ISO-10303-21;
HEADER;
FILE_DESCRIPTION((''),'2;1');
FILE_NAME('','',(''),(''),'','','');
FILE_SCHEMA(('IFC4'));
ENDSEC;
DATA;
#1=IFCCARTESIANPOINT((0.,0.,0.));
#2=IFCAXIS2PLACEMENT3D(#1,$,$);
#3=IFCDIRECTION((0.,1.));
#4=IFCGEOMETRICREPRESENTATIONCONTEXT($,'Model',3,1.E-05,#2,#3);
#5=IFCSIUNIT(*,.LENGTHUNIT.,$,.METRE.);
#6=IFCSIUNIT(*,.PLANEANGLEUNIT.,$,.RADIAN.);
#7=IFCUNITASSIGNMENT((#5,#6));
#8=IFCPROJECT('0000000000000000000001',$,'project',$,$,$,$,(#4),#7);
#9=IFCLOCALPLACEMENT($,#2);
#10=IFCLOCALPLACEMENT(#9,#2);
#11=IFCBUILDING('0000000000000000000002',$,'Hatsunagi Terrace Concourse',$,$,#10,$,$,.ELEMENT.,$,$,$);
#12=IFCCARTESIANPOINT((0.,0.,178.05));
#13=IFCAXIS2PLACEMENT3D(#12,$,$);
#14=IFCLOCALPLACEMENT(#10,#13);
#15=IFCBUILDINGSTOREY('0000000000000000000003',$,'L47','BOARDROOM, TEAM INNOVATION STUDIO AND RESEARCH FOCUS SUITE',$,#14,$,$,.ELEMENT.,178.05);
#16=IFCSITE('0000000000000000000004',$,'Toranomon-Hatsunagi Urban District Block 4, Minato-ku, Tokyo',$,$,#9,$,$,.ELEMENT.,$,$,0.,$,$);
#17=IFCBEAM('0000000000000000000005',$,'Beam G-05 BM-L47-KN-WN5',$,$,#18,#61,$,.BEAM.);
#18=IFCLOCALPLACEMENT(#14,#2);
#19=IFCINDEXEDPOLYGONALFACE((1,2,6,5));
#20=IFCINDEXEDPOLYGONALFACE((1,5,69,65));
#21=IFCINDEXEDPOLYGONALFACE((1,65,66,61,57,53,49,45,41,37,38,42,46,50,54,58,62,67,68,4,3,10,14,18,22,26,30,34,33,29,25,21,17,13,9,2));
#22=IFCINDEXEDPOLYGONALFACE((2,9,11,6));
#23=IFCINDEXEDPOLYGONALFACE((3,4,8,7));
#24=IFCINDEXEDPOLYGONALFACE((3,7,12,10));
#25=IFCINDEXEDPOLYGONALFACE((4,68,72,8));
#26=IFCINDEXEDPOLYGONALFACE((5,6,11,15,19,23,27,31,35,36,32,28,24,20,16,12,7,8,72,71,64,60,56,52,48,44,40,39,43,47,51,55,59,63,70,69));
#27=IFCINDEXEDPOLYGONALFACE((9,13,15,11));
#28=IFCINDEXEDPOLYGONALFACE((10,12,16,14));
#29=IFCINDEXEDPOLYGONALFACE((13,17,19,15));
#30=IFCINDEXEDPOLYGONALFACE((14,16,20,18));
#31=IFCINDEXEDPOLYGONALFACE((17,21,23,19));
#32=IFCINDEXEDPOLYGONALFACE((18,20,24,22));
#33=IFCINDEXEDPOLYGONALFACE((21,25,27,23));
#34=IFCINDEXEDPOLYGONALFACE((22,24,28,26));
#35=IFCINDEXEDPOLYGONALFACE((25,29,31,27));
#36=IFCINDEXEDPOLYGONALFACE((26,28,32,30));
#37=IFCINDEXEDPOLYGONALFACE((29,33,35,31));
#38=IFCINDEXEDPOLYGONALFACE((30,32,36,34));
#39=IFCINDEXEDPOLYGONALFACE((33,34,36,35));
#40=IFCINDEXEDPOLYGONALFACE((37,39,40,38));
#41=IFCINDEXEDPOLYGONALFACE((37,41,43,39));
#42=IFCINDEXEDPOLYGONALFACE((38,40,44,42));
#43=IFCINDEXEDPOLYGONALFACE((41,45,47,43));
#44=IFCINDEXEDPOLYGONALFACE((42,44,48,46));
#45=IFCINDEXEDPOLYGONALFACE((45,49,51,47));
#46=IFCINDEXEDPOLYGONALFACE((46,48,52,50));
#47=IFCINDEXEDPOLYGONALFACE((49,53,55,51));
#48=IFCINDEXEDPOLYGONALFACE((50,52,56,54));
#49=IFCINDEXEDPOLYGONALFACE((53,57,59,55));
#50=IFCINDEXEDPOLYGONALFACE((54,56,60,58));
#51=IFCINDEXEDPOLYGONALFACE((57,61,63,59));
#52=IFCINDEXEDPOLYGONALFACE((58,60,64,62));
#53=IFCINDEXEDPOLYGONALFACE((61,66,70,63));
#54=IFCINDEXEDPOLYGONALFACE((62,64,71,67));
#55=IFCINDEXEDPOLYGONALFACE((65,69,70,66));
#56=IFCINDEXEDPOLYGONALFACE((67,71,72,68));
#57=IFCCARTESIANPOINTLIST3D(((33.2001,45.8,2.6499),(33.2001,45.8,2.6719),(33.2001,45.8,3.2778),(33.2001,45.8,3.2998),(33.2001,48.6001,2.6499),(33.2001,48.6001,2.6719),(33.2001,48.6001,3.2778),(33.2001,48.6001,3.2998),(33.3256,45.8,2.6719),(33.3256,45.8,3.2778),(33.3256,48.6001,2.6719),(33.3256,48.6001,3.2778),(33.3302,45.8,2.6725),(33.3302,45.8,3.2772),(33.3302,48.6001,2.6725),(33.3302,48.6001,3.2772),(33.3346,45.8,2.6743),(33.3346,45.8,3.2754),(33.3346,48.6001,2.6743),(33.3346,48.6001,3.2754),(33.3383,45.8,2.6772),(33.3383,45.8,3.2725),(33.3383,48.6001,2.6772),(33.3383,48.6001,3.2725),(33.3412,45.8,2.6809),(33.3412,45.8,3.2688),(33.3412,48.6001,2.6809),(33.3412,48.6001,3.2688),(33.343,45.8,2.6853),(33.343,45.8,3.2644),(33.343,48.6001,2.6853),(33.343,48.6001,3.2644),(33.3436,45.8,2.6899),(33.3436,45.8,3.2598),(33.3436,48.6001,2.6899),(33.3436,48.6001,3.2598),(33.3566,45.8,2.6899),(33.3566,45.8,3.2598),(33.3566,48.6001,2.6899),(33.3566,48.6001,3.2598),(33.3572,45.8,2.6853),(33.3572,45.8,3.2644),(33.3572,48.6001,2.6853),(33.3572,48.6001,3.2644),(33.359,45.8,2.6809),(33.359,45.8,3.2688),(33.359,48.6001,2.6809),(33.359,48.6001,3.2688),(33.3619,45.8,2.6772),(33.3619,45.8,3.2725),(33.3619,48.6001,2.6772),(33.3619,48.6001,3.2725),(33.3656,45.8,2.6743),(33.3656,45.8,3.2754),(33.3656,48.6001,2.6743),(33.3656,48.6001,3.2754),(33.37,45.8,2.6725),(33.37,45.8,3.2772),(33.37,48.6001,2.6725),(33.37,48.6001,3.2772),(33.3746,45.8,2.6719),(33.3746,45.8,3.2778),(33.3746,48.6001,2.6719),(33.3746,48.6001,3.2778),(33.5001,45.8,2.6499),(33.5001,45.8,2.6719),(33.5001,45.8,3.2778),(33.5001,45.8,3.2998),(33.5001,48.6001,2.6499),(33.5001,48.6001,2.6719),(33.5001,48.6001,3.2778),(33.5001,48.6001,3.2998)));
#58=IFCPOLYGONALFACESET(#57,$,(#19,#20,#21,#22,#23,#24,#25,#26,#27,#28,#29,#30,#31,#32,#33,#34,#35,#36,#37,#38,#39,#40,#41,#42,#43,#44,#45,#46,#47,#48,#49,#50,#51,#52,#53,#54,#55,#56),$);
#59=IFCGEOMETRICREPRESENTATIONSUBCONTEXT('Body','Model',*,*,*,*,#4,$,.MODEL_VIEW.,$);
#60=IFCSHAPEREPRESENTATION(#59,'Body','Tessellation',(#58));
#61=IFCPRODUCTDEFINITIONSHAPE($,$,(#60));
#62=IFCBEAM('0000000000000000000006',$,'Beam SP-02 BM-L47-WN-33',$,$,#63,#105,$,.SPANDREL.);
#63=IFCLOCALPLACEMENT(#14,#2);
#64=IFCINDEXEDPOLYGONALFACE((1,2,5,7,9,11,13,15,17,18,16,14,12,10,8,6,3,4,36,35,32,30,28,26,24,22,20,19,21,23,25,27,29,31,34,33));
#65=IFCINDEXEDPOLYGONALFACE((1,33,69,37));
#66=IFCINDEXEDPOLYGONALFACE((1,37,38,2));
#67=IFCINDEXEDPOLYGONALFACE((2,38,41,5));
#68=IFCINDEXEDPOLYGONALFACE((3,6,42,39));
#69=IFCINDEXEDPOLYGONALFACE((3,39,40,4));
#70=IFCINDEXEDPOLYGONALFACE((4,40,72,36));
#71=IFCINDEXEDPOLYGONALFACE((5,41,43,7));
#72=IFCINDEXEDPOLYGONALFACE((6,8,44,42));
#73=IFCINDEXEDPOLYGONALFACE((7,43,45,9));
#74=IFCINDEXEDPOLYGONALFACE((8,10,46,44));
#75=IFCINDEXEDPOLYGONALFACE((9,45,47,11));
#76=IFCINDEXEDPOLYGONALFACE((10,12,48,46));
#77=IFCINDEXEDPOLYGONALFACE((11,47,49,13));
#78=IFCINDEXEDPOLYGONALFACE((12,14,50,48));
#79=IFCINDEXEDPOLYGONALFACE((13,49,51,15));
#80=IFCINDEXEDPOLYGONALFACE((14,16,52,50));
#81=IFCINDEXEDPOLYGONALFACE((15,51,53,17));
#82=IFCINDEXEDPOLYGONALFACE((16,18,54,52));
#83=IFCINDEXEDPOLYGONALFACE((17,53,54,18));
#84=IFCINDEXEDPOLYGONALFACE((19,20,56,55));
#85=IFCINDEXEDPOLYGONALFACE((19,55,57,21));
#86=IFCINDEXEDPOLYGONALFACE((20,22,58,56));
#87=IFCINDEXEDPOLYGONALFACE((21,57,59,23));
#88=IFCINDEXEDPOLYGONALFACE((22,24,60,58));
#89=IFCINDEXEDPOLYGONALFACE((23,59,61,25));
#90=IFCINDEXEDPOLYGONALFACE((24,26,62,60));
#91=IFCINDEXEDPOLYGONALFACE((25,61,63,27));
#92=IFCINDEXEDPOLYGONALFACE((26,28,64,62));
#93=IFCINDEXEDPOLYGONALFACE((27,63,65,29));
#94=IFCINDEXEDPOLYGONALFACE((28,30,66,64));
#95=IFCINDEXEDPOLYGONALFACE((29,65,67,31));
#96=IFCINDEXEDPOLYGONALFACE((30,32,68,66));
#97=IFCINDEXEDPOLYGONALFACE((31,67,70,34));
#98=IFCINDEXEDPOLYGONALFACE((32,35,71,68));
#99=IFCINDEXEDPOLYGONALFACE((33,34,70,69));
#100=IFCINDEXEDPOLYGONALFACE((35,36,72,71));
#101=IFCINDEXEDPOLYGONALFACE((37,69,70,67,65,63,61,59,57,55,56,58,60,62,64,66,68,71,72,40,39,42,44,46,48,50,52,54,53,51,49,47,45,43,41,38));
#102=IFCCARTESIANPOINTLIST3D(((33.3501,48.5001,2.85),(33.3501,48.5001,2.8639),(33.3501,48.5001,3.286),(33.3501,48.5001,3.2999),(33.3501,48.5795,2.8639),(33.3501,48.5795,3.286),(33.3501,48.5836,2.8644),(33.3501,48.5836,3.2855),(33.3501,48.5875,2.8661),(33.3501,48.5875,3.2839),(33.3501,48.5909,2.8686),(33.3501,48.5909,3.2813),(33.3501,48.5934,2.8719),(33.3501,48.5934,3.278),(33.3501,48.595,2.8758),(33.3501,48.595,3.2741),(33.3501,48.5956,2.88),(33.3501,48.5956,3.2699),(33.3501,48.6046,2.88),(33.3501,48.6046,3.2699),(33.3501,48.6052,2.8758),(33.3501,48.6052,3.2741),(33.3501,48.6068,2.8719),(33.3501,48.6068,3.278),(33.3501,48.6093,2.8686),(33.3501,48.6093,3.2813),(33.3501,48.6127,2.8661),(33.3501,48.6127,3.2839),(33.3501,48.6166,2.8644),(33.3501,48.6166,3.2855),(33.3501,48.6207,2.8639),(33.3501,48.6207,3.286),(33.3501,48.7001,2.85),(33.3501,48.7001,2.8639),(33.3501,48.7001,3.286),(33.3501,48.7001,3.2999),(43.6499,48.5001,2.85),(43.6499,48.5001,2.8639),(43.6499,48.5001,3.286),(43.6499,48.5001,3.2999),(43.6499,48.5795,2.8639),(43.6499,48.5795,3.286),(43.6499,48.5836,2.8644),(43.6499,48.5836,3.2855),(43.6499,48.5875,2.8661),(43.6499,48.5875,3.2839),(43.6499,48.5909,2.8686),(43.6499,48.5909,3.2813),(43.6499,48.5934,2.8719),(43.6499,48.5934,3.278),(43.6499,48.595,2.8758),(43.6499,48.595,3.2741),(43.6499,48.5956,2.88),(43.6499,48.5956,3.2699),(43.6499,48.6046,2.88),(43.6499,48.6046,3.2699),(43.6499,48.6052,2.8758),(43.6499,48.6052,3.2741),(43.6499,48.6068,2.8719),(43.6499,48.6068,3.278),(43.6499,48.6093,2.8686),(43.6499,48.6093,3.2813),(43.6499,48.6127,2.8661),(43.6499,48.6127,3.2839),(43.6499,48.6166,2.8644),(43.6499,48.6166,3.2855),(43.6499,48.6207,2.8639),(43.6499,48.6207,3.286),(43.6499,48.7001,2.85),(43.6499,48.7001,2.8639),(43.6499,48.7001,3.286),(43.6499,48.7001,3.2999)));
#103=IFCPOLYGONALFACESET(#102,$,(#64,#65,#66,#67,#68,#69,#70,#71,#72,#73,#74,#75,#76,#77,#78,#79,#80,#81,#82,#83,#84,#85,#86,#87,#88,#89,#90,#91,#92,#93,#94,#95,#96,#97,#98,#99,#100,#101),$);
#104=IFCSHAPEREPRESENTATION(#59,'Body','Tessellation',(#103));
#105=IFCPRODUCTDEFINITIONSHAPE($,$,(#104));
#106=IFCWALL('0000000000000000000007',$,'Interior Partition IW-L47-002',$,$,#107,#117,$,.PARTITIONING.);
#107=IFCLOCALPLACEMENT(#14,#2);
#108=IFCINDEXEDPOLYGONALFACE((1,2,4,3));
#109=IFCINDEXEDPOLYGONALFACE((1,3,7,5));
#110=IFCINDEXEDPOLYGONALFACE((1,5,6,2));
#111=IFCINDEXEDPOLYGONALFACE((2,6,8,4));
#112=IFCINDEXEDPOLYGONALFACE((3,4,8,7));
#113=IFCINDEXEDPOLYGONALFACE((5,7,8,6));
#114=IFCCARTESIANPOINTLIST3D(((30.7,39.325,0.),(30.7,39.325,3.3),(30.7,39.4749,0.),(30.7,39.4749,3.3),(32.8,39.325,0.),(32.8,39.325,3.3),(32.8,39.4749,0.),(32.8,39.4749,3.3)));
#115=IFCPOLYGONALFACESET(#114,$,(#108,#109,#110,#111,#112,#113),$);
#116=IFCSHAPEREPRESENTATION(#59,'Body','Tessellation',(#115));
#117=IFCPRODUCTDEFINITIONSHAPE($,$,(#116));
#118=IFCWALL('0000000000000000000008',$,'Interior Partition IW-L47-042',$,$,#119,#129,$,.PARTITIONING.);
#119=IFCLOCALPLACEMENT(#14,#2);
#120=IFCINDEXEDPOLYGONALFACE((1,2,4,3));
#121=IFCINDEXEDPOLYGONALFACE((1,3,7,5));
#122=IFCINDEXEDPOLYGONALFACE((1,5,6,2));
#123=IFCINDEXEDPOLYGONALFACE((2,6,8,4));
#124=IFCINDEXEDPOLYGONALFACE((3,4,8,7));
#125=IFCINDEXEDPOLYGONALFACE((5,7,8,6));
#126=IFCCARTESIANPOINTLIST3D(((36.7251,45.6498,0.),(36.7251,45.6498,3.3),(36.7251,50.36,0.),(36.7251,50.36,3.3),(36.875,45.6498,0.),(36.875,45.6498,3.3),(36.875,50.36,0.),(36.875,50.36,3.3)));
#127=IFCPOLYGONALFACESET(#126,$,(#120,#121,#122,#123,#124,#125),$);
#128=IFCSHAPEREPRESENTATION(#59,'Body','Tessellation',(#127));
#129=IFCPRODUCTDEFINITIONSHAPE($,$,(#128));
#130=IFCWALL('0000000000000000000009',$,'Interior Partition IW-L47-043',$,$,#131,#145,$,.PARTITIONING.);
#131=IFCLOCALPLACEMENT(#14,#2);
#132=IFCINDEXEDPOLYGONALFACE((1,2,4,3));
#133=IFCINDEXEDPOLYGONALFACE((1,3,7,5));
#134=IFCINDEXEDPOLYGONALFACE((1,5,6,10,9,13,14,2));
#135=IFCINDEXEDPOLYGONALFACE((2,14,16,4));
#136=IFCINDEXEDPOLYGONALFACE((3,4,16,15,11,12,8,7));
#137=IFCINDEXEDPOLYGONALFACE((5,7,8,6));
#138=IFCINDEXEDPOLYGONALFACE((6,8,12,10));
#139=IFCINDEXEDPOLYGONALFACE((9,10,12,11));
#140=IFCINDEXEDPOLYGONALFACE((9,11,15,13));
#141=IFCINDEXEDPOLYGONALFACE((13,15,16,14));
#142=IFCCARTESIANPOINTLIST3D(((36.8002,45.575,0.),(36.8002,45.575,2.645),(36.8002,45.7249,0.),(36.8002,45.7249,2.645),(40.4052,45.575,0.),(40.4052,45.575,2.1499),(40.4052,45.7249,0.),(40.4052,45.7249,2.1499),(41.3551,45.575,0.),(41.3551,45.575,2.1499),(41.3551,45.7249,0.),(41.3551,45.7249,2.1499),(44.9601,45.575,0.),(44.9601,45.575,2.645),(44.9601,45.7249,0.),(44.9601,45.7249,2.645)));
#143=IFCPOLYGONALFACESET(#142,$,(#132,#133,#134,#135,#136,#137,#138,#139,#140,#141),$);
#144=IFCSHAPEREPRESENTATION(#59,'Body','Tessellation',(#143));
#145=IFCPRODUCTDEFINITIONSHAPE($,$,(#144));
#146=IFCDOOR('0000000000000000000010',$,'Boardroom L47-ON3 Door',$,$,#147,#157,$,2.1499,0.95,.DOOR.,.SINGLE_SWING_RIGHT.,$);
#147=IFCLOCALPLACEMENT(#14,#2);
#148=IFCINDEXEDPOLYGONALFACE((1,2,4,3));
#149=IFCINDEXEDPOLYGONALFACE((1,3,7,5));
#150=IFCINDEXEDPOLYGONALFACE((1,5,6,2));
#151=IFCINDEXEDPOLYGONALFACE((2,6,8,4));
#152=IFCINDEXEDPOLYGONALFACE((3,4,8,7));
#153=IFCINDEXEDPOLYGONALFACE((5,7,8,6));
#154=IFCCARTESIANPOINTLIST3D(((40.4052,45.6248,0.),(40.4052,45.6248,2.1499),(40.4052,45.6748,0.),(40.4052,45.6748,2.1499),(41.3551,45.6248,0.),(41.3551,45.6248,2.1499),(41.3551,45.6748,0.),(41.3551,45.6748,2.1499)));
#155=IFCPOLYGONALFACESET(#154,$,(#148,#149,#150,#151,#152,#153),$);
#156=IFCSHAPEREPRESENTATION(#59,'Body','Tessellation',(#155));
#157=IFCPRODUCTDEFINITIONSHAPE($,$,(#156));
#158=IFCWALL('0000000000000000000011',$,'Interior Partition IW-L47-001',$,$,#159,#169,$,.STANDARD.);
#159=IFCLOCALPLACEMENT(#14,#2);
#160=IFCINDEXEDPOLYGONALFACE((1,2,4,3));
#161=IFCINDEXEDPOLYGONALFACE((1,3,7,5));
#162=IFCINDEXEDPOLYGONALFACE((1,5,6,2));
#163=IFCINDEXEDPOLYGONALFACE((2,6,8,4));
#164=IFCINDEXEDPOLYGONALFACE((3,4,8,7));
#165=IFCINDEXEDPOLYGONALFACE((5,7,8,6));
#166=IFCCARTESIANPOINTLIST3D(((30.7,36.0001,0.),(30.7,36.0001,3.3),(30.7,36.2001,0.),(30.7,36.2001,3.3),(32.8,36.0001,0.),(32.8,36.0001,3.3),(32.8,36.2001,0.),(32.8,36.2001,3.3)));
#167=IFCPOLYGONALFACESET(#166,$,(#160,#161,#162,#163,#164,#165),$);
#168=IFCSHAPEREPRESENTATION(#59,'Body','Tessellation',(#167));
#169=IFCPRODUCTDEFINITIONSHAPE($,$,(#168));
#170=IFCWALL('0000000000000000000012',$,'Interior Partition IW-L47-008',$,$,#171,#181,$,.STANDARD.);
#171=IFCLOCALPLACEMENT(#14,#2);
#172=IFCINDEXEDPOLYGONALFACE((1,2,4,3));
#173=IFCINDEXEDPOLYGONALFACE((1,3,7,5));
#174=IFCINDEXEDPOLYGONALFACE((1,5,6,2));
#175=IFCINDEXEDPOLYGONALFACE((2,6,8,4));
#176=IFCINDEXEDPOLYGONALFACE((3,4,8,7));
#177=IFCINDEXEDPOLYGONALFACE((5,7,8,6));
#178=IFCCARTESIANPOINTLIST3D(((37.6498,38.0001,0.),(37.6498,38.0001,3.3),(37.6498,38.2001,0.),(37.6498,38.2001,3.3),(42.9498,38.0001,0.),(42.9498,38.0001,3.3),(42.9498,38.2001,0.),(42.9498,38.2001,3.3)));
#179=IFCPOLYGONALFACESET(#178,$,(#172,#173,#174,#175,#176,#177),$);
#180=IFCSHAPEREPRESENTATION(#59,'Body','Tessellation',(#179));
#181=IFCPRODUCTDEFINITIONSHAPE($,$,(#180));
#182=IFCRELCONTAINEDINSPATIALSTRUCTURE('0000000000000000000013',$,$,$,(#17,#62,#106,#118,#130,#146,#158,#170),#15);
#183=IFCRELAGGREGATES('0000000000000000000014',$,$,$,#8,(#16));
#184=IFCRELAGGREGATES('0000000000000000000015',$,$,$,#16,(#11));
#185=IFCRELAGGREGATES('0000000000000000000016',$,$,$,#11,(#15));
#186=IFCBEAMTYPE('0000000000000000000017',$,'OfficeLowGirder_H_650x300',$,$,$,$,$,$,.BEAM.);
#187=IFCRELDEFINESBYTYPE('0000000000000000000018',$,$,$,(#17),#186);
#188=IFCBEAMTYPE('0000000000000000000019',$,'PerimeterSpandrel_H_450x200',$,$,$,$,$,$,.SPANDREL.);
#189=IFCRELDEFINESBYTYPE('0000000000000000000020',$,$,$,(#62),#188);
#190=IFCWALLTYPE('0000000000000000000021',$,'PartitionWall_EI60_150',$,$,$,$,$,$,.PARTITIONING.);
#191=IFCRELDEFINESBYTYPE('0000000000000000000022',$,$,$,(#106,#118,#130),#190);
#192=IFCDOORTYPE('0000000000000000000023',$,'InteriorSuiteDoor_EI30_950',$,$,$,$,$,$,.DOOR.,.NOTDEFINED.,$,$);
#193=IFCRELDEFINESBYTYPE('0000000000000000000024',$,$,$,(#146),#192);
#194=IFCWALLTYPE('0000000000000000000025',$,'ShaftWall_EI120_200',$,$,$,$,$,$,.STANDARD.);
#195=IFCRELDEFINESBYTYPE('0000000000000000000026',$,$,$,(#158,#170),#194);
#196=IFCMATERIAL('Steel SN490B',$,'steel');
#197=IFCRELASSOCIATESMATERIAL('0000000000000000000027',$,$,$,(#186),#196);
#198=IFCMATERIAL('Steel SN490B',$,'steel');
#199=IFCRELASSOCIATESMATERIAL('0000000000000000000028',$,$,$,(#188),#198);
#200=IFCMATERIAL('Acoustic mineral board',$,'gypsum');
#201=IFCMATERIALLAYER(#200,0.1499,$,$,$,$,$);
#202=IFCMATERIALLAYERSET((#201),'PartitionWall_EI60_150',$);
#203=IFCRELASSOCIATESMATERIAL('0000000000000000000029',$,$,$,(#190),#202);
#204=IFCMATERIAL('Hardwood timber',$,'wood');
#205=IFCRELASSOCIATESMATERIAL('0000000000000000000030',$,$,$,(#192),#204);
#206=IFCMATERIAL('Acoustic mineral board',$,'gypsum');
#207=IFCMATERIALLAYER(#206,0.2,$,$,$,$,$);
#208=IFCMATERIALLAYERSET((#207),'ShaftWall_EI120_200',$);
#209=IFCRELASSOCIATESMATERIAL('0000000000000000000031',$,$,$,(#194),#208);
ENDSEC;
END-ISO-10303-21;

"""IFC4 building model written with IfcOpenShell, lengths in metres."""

from ifc_helpers import new_model, si_unit, direction, frame, frame_2d, origin, origin_2d, place, context, subcontext, project, spatial, rectangle, i_section, extrude, material, layer, layer_set, material_profile, profile_set, type_object, element, fill, save


model = new_model("IFC4")

# Units and contexts
model_context = context("Model", 3, precision=1e-05, world=origin(), true_north=direction((0.0, 1.0)))
body_context = subcontext(model_context, "Body", "Model", "MODEL_VIEW")
ifc_project = project(units=[si_unit("LENGTHUNIT", "METRE"), si_unit("PLANEANGLEUNIT", "RADIAN")], contexts=[model_context])

# Site, building, storey
site_placement = place(None, origin())
site = spatial("IfcSite", under=ifc_project, at=site_placement, Name="Toranomon-Hatsunagi Urban District Block 4, Minato-ku, Tokyo", CompositionType="ELEMENT", RefElevation=0.0)
building_placement = place(site_placement, origin())
building = spatial("IfcBuilding", under=site, at=building_placement, Name="Hatsunagi Terrace Concourse", CompositionType="ELEMENT")
storey_placement = place(building_placement, frame((0.0, 0.0, 178.05)))
storey = spatial("IfcBuildingStorey", under=building, at=storey_placement, Name="L47", Description="BOARDROOM, TEAM INNOVATION STUDIO AND RESEARCH FOCUS SUITE", CompositionType="ELEMENT", Elevation=178.05)

# Beams
ifc_material_1 = material(Name="Steel SN490B", Category="steel")
ifc_material_profile_1 = material_profile(ifc_material_1, i_section(OverallWidth=0.3, OverallDepth=0.6499, WebThickness=0.0129, FlangeThickness=0.022, FilletRadius=0.0181, at=origin_2d()), Name="H-650x300x13x22")
ifc_profile_set_1 = profile_set([ifc_material_profile_1], Name="Steel SN490B")
beam_type_1 = type_object("IfcBeamType", Name="OfficeLowGirder_H_650x300", PredefinedType="BEAM", material=ifc_profile_set_1)
beam_1_placement = place(storey_placement, frame((33.3501, 45.8, 2.9749), z_axis=(0.0, 1.0, 0.0), x_axis=(-1.0, 0.0, 0.0)))
element("IfcBeam", 1, at=beam_1_placement, inside=storey, type_object=beam_type_1, Name="Beam G-05 BM-L47-KN-WN5", PredefinedType="BEAM", context=body_context, shape_type="SweptSolid", body=[
    extrude(i_section(OverallWidth=0.3, OverallDepth=0.6499, WebThickness=0.0129, FlangeThickness=0.022, FilletRadius=0.0181, at=origin_2d()), origin(), (0.0, 0.0, 1.0), 2.8),
])
ifc_material_2 = material(Name="Steel SN490B", Category="steel")
ifc_material_profile_2 = material_profile(ifc_material_2, i_section(OverallWidth=0.2, OverallDepth=0.45, WebThickness=0.009, FlangeThickness=0.0139, FilletRadius=0.0161, at=origin_2d()), Name="H-450x200x9x14")
ifc_profile_set_2 = profile_set([ifc_material_profile_2], Name="Steel SN490B")
beam_type_2 = type_object("IfcBeamType", Name="PerimeterSpandrel_H_450x200", PredefinedType="SPANDREL", material=ifc_profile_set_2)
beam_2_placement = place(storey_placement, frame((33.3501, 48.6001, 3.075), z_axis=(1.0, 0.0, 0.0), x_axis=(0.0, 1.0, 0.0)))
element("IfcBeam", 2, at=beam_2_placement, inside=storey, type_object=beam_type_2, Name="Beam SP-02 BM-L47-WN-33", PredefinedType="SPANDREL", context=body_context, shape_type="SweptSolid", body=[
    extrude(i_section(OverallWidth=0.2, OverallDepth=0.45, WebThickness=0.009, FlangeThickness=0.0139, FilletRadius=0.0161, at=origin_2d()), origin(), (0.0, 0.0, 1.0), 10.2998),
])

# Walls
ifc_material_3 = material(Name="Acoustic mineral board", Category="gypsum")
ifc_layer_1 = layer(ifc_material_3, 0.1499)
ifc_layer_set_1 = layer_set([ifc_layer_1], Name="PartitionWall_EI60_150")
wall_type_1 = type_object("IfcWallType", Name="PartitionWall_EI60_150", PredefinedType="PARTITIONING", material=ifc_layer_set_1)
wall_1_placement = place(storey_placement, frame((30.7, 39.3999, 0.0), z_axis=(0.0, 0.0, 1.0), x_axis=(1.0, 0.0, 0.0)))
element("IfcWall", 3, at=wall_1_placement, inside=storey, type_object=wall_type_1, Name="Interior Partition IW-L47-002", PredefinedType="PARTITIONING", context=body_context, shape_type="SweptSolid", body=[
    extrude(rectangle(XDim=2.1001, YDim=0.1499, at=frame_2d((1.05, 0.0))), origin(), (0.0, 0.0, 1.0), 3.3),
])
wall_2_placement = place(storey_placement, frame((36.8, 45.6499, 0.0), z_axis=(0.0, 0.0, 1.0), x_axis=(0.0, 1.0, 0.0)))
element("IfcWall", 4, at=wall_2_placement, inside=storey, type_object=wall_type_1, Name="Interior Partition IW-L47-042", PredefinedType="PARTITIONING", context=body_context, shape_type="SweptSolid", body=[
    extrude(rectangle(XDim=4.7102, YDim=0.1499, at=frame_2d((2.355, 0.0))), origin(), (0.0, 0.0, 1.0), 3.3),
])

# Wall, opening, door
wall_3_placement = place(storey_placement, frame((36.8, 45.6499, 0.0), z_axis=(0.0, 0.0, 1.0), x_axis=(1.0, 0.0, 0.0)))
wall_3 = element("IfcWall", 5, at=wall_3_placement, inside=storey, type_object=wall_type_1, Name="Interior Partition IW-L47-043", PredefinedType="PARTITIONING", context=body_context, shape_type="SweptSolid", body=[
    extrude(rectangle(XDim=8.1599, YDim=0.1499, at=frame_2d((4.0801, 0.0))), origin(), (0.0, 0.0, 1.0), 2.645),
])
opening_1_placement = place(wall_3_placement, frame((3.605, 0.0, 0.0)))
opening_1 = element("IfcOpeningElement", 6, at=opening_1_placement, cuts=wall_3, PredefinedType="OPENING", context=body_context, shape_type="SweptSolid", body=[
    extrude(rectangle(XDim=0.95, YDim=2.1499, at=frame_2d((0.4751, 1.075))), frame((0.0, 0.085, 0.0), z_axis=(0.0, -1.0, 0.0), x_axis=(1.0, 0.0, 0.0)), (0.0, 0.0, 1.0), 0.1699),
])
ifc_material_4 = material(Name="Hardwood timber", Category="wood")
door_type_1 = type_object("IfcDoorType", Name="InteriorSuiteDoor_EI30_950", OperationType="NOTDEFINED", PredefinedType="DOOR", material=ifc_material_4)
door_1_placement = place(opening_1_placement, origin())
door_1 = element("IfcDoor", 7, at=door_1_placement, inside=storey, type_object=door_type_1, Name="Boardroom L47-ON3 Door", OperationType="SINGLE_SWING_RIGHT", OverallHeight=2.1499, OverallWidth=0.95, PredefinedType="DOOR", context=body_context, shape_type="SweptSolid", body=[
    extrude(rectangle(XDim=0.95, YDim=2.1499, at=frame_2d((0.4751, 1.075))), frame((0.0, 0.0249, 0.0), z_axis=(0.0, -1.0, 0.0), x_axis=(1.0, 0.0, 0.0)), (0.0, 0.0, 1.0), 0.05),
])
fill(opening_1, door_1)

# Walls
ifc_material_5 = material(Name="Acoustic mineral board", Category="gypsum")
ifc_layer_2 = layer(ifc_material_5, 0.2)
ifc_layer_set_2 = layer_set([ifc_layer_2], Name="ShaftWall_EI120_200")
wall_type_2 = type_object("IfcWallType", Name="ShaftWall_EI120_200", PredefinedType="STANDARD", material=ifc_layer_set_2)
wall_4_placement = place(storey_placement, frame((30.7, 36.1001, 0.0), z_axis=(0.0, 0.0, 1.0), x_axis=(1.0, 0.0, 0.0)))
element("IfcWall", 8, at=wall_4_placement, inside=storey, type_object=wall_type_2, Name="Interior Partition IW-L47-001", PredefinedType="STANDARD", context=body_context, shape_type="SweptSolid", body=[
    extrude(rectangle(XDim=2.1001, YDim=0.2, at=frame_2d((1.05, 0.0))), origin(), (0.0, 0.0, 1.0), 3.3),
])
wall_5_placement = place(storey_placement, frame((37.6499, 38.1001, 0.0), z_axis=(0.0, 0.0, 1.0), x_axis=(1.0, 0.0, 0.0)))
element("IfcWall", 9, at=wall_5_placement, inside=storey, type_object=wall_type_2, Name="Interior Partition IW-L47-008", PredefinedType="STANDARD", context=body_context, shape_type="SweptSolid", body=[
    extrude(rectangle(XDim=5.3, YDim=0.2, at=frame_2d((2.6499, 0.0))), origin(), (0.0, 0.0, 1.0), 3.3),
])

save(model, "model.ifc")
